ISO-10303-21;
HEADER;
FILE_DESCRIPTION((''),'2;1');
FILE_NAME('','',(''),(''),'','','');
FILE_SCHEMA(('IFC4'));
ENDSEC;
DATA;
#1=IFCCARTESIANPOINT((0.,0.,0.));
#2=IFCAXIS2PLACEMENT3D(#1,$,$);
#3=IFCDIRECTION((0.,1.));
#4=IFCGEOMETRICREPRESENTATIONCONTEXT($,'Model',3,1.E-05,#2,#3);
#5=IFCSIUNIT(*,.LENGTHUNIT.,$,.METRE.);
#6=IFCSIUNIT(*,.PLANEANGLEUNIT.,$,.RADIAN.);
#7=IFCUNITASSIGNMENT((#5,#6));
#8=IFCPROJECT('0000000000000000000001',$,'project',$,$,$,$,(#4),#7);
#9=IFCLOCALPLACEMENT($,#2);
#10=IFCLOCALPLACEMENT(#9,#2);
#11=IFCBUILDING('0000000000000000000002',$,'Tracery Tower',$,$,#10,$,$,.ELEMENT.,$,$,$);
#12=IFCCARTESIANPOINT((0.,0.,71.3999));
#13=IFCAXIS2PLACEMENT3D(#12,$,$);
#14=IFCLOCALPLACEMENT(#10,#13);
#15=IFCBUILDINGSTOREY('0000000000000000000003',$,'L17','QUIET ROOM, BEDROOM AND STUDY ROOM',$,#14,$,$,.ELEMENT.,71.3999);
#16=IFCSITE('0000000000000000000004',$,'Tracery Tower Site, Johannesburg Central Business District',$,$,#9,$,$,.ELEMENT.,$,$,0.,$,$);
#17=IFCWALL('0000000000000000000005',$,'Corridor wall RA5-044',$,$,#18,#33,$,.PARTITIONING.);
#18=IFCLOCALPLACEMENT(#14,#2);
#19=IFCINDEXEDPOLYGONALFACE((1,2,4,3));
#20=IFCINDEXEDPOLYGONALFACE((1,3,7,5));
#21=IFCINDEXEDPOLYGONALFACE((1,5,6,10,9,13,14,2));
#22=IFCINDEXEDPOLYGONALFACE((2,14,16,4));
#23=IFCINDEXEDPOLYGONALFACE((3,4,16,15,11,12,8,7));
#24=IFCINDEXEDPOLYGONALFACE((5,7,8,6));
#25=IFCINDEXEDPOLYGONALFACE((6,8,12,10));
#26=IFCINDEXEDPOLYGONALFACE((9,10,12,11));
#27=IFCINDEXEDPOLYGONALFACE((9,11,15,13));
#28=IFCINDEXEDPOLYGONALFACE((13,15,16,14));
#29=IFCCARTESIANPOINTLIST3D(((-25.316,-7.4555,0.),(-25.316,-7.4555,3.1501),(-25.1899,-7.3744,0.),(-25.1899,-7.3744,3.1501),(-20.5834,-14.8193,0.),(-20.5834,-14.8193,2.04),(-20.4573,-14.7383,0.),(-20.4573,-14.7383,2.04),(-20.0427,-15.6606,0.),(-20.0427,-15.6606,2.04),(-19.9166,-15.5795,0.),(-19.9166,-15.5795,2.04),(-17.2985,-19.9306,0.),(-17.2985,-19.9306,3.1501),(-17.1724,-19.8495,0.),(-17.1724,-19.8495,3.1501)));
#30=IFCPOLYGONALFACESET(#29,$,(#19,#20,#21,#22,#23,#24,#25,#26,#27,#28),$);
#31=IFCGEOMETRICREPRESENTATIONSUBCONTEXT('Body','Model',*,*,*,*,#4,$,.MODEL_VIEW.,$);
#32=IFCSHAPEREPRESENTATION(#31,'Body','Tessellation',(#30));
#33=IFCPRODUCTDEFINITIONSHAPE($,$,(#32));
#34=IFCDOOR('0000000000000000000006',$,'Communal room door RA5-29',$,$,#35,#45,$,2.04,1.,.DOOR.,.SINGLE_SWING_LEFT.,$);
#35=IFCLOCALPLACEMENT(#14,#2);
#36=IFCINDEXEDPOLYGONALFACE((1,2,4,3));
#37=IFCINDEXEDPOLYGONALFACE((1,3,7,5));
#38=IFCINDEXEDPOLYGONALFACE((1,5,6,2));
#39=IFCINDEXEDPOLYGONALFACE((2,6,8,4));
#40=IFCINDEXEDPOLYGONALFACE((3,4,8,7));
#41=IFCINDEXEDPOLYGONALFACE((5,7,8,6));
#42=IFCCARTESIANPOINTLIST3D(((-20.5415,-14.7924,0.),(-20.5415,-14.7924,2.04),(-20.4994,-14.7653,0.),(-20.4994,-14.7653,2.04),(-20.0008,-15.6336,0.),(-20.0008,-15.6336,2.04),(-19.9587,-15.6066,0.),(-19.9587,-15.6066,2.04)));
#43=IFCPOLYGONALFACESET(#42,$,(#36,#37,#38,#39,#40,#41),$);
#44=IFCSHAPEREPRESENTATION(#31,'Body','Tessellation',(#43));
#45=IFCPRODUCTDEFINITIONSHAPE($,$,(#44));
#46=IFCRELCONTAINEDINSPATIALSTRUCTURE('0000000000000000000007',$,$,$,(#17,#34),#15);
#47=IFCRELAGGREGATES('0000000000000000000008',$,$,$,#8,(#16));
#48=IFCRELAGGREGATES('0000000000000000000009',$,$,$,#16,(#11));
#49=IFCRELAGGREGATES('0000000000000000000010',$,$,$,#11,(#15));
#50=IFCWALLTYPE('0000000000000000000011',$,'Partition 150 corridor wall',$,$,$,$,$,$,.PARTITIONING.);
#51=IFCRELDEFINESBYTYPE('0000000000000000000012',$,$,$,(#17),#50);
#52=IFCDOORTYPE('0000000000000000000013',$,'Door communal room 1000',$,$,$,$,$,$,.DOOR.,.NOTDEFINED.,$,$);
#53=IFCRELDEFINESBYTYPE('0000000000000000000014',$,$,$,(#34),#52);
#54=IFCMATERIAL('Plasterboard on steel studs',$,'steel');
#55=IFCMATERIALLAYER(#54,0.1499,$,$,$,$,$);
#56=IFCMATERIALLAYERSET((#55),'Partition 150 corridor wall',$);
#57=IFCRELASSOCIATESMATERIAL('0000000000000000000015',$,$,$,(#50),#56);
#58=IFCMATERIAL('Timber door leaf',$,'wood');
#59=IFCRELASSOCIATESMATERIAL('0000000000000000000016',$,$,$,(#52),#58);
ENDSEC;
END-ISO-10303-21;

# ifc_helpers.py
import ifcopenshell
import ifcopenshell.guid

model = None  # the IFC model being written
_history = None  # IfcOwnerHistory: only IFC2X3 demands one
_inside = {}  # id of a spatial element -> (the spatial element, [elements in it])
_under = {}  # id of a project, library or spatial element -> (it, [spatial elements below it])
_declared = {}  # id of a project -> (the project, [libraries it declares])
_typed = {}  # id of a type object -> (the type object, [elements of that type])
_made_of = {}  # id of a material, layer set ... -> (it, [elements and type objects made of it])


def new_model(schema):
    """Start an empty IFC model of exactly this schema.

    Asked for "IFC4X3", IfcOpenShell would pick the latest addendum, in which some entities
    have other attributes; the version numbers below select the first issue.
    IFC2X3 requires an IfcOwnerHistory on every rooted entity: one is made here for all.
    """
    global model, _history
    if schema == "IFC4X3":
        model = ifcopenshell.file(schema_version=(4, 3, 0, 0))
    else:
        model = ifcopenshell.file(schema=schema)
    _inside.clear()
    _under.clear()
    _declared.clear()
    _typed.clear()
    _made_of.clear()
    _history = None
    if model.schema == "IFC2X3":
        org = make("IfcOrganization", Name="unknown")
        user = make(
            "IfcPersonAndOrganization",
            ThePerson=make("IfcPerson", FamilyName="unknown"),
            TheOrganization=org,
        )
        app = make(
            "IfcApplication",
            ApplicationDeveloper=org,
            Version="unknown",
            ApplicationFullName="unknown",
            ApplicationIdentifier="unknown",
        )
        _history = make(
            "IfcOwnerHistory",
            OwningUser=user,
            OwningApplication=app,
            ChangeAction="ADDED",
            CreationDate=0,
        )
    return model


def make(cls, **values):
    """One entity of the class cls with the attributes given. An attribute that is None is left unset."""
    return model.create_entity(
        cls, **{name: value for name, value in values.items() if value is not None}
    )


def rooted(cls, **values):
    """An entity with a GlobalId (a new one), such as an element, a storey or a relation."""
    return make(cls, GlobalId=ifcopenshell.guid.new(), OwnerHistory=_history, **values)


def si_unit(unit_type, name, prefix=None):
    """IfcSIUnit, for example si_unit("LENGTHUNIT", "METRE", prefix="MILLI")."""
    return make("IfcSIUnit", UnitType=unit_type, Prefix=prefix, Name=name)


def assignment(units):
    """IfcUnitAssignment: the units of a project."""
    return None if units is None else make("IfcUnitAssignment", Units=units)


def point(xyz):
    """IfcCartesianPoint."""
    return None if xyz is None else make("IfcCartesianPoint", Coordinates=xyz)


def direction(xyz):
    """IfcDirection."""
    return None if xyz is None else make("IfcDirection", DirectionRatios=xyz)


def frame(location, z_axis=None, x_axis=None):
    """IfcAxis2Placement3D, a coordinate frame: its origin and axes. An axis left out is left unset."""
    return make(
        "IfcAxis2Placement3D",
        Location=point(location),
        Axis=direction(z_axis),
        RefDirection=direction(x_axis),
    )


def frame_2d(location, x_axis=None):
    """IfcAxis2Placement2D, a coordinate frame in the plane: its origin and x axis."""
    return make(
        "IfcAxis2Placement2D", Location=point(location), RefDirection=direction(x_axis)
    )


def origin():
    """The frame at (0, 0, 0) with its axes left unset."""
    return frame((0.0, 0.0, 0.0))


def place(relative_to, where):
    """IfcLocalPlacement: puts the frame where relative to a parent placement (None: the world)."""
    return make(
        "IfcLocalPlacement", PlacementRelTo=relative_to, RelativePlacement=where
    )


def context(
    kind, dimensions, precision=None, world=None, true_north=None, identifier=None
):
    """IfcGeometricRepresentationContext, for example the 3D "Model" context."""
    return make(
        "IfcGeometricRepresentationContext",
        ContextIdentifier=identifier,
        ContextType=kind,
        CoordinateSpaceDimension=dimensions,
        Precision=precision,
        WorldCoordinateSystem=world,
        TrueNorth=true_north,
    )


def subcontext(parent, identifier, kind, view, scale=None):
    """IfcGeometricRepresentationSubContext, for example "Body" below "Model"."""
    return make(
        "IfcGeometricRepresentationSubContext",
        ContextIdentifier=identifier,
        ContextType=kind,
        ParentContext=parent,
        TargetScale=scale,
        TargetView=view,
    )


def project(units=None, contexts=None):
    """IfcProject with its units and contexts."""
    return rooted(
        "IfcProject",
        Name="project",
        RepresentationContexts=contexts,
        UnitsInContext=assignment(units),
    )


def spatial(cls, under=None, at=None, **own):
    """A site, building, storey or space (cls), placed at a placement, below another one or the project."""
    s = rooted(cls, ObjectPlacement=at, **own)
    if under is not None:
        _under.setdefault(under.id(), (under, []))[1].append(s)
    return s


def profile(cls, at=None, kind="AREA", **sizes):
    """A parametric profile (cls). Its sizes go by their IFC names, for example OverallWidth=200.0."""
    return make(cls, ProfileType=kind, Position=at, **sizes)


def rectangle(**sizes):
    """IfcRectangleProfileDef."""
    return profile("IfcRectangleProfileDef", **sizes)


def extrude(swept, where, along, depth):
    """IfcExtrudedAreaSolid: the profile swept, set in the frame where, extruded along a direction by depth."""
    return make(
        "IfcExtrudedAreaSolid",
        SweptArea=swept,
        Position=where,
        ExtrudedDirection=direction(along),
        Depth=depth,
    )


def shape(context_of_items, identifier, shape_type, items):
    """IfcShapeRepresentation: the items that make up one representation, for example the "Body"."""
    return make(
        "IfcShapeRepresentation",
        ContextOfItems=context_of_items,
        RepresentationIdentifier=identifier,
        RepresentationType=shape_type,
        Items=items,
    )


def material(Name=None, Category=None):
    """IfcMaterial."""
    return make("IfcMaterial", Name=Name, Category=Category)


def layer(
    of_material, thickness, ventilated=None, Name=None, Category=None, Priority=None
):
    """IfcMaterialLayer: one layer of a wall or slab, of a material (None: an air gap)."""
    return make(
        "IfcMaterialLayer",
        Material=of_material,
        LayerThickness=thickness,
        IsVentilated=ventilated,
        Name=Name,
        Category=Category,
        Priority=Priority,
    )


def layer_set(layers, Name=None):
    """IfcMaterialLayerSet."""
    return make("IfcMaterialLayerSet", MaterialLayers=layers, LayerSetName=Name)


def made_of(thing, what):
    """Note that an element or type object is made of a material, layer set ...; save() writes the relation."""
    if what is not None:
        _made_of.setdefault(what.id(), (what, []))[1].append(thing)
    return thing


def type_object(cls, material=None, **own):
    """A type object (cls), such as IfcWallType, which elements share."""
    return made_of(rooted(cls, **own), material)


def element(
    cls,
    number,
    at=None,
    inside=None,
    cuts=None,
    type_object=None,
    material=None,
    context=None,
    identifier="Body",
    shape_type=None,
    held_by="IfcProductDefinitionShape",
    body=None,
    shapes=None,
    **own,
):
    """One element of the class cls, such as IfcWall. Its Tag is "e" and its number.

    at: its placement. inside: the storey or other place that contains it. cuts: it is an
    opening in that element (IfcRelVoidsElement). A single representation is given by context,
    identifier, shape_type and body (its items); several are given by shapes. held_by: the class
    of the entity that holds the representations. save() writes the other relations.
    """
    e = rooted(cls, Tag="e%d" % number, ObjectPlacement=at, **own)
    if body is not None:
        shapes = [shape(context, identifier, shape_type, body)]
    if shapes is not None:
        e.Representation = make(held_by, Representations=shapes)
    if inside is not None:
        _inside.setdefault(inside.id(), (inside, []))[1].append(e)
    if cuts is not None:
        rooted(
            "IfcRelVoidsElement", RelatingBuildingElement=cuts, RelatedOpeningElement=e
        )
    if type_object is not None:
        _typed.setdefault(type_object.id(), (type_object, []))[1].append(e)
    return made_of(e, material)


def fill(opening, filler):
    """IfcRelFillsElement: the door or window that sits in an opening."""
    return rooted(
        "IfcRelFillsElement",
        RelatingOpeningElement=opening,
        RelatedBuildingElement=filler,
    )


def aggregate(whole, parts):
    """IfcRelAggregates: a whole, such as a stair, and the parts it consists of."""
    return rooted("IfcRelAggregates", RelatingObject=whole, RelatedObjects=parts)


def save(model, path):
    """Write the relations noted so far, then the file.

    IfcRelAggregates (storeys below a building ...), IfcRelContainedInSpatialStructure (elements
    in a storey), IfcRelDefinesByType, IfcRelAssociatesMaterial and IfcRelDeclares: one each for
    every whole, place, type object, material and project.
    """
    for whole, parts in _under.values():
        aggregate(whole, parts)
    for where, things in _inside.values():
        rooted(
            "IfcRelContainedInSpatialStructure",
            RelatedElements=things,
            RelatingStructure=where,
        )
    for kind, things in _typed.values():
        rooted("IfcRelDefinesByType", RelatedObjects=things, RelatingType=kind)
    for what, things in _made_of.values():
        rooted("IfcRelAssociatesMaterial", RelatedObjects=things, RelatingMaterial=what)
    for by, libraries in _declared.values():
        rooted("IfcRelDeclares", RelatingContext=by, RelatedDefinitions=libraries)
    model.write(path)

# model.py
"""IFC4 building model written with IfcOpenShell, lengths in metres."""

from ifc_helpers import new_model, si_unit, direction, frame, frame_2d, origin, place, context, subcontext, project, spatial, rectangle, extrude, material, layer, layer_set, type_object, element, fill, save


model = new_model("IFC4")

# Units and contexts
model_context = context("Model", 3, precision=1e-05, world=origin(), true_north=direction((0.0, 1.0)))
body_context = subcontext(model_context, "Body", "Model", "MODEL_VIEW")
ifc_project = project(units=[si_unit("LENGTHUNIT", "METRE"), si_unit("PLANEANGLEUNIT", "RADIAN")], contexts=[model_context])

# Site, building, storey
site_placement = place(None, origin())
site = spatial("IfcSite", under=ifc_project, at=site_placement, Name="Tracery Tower Site, Johannesburg Central Business District", CompositionType="ELEMENT", RefElevation=0.0)
building_placement = place(site_placement, origin())
building = spatial("IfcBuilding", under=site, at=building_placement, Name="Tracery Tower", CompositionType="ELEMENT")
storey_placement = place(building_placement, frame((0.0, 0.0, 71.3999)))
storey = spatial("IfcBuildingStorey", under=building, at=storey_placement, Name="L17", Description="QUIET ROOM, BEDROOM AND STUDY ROOM", CompositionType="ELEMENT", Elevation=71.3999)

# Shared definitions
ifc_material_1 = material(Name="Plasterboard on steel studs", Category="steel")
ifc_layer_1 = layer(ifc_material_1, 0.1499)
ifc_layer_set_1 = layer_set([ifc_layer_1], Name="Partition 150 corridor wall")
wall_type_1 = type_object("IfcWallType", Name="Partition 150 corridor wall", PredefinedType="PARTITIONING", material=ifc_layer_set_1)
ifc_material_2 = material(Name="Timber door leaf", Category="wood")
door_type = type_object("IfcDoorType", Name="Door communal room 1000", OperationType="NOTDEFINED", PredefinedType="DOOR", material=ifc_material_2)

# Wall, opening, door
wall_1_placement = place(storey_placement, frame((-25.2529, -7.415, 0.0), z_axis=(0.0, 0.0, 1.0), x_axis=(0.540656, -0.841244, 0.0)))
wall_1 = element("IfcWall", 1, at=wall_1_placement, inside=storey, type_object=wall_type_1, Name="Corridor wall RA5-044", PredefinedType="PARTITIONING", context=body_context, shape_type="SweptSolid", body=[
    extrude(rectangle(XDim=14.8293, YDim=0.1499, at=frame_2d((7.4146, 0.0))), origin(), (0.0, 0.0, 1.0), 3.1501),
])
opening_1_placement = place(wall_1_placement, frame((8.7534, 0.0, 0.0)))
opening_1 = element("IfcOpeningElement", 2, at=opening_1_placement, cuts=wall_1, PredefinedType="OPENING", context=body_context, shape_type="SweptSolid", body=[
    extrude(rectangle(XDim=1.0, YDim=2.04, at=frame_2d((0.5, 1.02))), frame((0.0, 0.075, 0.0), z_axis=(0.0, -1.0, 0.0), x_axis=(1.0, 0.0, 0.0)), (0.0, 0.0, 1.0), 0.1499),
])
door_1_placement = place(opening_1_placement, origin())
door_1 = element("IfcDoor", 3, at=door_1_placement, inside=storey, type_object=door_type, Name="Communal room door RA5-29", OperationType="SINGLE_SWING_LEFT", OverallHeight=2.04, OverallWidth=1.0, PredefinedType="DOOR", context=body_context, shape_type="SweptSolid", body=[
    extrude(rectangle(XDim=1.0, YDim=2.04, at=frame_2d((0.5, 1.02))), frame((0.0, 0.0249, 0.0), z_axis=(0.0, -1.0, 0.0), x_axis=(1.0, 0.0, 0.0)), (0.0, 0.0, 1.0), 0.05),
])
fill(opening_1, door_1)

save(model, "model.ifc")
